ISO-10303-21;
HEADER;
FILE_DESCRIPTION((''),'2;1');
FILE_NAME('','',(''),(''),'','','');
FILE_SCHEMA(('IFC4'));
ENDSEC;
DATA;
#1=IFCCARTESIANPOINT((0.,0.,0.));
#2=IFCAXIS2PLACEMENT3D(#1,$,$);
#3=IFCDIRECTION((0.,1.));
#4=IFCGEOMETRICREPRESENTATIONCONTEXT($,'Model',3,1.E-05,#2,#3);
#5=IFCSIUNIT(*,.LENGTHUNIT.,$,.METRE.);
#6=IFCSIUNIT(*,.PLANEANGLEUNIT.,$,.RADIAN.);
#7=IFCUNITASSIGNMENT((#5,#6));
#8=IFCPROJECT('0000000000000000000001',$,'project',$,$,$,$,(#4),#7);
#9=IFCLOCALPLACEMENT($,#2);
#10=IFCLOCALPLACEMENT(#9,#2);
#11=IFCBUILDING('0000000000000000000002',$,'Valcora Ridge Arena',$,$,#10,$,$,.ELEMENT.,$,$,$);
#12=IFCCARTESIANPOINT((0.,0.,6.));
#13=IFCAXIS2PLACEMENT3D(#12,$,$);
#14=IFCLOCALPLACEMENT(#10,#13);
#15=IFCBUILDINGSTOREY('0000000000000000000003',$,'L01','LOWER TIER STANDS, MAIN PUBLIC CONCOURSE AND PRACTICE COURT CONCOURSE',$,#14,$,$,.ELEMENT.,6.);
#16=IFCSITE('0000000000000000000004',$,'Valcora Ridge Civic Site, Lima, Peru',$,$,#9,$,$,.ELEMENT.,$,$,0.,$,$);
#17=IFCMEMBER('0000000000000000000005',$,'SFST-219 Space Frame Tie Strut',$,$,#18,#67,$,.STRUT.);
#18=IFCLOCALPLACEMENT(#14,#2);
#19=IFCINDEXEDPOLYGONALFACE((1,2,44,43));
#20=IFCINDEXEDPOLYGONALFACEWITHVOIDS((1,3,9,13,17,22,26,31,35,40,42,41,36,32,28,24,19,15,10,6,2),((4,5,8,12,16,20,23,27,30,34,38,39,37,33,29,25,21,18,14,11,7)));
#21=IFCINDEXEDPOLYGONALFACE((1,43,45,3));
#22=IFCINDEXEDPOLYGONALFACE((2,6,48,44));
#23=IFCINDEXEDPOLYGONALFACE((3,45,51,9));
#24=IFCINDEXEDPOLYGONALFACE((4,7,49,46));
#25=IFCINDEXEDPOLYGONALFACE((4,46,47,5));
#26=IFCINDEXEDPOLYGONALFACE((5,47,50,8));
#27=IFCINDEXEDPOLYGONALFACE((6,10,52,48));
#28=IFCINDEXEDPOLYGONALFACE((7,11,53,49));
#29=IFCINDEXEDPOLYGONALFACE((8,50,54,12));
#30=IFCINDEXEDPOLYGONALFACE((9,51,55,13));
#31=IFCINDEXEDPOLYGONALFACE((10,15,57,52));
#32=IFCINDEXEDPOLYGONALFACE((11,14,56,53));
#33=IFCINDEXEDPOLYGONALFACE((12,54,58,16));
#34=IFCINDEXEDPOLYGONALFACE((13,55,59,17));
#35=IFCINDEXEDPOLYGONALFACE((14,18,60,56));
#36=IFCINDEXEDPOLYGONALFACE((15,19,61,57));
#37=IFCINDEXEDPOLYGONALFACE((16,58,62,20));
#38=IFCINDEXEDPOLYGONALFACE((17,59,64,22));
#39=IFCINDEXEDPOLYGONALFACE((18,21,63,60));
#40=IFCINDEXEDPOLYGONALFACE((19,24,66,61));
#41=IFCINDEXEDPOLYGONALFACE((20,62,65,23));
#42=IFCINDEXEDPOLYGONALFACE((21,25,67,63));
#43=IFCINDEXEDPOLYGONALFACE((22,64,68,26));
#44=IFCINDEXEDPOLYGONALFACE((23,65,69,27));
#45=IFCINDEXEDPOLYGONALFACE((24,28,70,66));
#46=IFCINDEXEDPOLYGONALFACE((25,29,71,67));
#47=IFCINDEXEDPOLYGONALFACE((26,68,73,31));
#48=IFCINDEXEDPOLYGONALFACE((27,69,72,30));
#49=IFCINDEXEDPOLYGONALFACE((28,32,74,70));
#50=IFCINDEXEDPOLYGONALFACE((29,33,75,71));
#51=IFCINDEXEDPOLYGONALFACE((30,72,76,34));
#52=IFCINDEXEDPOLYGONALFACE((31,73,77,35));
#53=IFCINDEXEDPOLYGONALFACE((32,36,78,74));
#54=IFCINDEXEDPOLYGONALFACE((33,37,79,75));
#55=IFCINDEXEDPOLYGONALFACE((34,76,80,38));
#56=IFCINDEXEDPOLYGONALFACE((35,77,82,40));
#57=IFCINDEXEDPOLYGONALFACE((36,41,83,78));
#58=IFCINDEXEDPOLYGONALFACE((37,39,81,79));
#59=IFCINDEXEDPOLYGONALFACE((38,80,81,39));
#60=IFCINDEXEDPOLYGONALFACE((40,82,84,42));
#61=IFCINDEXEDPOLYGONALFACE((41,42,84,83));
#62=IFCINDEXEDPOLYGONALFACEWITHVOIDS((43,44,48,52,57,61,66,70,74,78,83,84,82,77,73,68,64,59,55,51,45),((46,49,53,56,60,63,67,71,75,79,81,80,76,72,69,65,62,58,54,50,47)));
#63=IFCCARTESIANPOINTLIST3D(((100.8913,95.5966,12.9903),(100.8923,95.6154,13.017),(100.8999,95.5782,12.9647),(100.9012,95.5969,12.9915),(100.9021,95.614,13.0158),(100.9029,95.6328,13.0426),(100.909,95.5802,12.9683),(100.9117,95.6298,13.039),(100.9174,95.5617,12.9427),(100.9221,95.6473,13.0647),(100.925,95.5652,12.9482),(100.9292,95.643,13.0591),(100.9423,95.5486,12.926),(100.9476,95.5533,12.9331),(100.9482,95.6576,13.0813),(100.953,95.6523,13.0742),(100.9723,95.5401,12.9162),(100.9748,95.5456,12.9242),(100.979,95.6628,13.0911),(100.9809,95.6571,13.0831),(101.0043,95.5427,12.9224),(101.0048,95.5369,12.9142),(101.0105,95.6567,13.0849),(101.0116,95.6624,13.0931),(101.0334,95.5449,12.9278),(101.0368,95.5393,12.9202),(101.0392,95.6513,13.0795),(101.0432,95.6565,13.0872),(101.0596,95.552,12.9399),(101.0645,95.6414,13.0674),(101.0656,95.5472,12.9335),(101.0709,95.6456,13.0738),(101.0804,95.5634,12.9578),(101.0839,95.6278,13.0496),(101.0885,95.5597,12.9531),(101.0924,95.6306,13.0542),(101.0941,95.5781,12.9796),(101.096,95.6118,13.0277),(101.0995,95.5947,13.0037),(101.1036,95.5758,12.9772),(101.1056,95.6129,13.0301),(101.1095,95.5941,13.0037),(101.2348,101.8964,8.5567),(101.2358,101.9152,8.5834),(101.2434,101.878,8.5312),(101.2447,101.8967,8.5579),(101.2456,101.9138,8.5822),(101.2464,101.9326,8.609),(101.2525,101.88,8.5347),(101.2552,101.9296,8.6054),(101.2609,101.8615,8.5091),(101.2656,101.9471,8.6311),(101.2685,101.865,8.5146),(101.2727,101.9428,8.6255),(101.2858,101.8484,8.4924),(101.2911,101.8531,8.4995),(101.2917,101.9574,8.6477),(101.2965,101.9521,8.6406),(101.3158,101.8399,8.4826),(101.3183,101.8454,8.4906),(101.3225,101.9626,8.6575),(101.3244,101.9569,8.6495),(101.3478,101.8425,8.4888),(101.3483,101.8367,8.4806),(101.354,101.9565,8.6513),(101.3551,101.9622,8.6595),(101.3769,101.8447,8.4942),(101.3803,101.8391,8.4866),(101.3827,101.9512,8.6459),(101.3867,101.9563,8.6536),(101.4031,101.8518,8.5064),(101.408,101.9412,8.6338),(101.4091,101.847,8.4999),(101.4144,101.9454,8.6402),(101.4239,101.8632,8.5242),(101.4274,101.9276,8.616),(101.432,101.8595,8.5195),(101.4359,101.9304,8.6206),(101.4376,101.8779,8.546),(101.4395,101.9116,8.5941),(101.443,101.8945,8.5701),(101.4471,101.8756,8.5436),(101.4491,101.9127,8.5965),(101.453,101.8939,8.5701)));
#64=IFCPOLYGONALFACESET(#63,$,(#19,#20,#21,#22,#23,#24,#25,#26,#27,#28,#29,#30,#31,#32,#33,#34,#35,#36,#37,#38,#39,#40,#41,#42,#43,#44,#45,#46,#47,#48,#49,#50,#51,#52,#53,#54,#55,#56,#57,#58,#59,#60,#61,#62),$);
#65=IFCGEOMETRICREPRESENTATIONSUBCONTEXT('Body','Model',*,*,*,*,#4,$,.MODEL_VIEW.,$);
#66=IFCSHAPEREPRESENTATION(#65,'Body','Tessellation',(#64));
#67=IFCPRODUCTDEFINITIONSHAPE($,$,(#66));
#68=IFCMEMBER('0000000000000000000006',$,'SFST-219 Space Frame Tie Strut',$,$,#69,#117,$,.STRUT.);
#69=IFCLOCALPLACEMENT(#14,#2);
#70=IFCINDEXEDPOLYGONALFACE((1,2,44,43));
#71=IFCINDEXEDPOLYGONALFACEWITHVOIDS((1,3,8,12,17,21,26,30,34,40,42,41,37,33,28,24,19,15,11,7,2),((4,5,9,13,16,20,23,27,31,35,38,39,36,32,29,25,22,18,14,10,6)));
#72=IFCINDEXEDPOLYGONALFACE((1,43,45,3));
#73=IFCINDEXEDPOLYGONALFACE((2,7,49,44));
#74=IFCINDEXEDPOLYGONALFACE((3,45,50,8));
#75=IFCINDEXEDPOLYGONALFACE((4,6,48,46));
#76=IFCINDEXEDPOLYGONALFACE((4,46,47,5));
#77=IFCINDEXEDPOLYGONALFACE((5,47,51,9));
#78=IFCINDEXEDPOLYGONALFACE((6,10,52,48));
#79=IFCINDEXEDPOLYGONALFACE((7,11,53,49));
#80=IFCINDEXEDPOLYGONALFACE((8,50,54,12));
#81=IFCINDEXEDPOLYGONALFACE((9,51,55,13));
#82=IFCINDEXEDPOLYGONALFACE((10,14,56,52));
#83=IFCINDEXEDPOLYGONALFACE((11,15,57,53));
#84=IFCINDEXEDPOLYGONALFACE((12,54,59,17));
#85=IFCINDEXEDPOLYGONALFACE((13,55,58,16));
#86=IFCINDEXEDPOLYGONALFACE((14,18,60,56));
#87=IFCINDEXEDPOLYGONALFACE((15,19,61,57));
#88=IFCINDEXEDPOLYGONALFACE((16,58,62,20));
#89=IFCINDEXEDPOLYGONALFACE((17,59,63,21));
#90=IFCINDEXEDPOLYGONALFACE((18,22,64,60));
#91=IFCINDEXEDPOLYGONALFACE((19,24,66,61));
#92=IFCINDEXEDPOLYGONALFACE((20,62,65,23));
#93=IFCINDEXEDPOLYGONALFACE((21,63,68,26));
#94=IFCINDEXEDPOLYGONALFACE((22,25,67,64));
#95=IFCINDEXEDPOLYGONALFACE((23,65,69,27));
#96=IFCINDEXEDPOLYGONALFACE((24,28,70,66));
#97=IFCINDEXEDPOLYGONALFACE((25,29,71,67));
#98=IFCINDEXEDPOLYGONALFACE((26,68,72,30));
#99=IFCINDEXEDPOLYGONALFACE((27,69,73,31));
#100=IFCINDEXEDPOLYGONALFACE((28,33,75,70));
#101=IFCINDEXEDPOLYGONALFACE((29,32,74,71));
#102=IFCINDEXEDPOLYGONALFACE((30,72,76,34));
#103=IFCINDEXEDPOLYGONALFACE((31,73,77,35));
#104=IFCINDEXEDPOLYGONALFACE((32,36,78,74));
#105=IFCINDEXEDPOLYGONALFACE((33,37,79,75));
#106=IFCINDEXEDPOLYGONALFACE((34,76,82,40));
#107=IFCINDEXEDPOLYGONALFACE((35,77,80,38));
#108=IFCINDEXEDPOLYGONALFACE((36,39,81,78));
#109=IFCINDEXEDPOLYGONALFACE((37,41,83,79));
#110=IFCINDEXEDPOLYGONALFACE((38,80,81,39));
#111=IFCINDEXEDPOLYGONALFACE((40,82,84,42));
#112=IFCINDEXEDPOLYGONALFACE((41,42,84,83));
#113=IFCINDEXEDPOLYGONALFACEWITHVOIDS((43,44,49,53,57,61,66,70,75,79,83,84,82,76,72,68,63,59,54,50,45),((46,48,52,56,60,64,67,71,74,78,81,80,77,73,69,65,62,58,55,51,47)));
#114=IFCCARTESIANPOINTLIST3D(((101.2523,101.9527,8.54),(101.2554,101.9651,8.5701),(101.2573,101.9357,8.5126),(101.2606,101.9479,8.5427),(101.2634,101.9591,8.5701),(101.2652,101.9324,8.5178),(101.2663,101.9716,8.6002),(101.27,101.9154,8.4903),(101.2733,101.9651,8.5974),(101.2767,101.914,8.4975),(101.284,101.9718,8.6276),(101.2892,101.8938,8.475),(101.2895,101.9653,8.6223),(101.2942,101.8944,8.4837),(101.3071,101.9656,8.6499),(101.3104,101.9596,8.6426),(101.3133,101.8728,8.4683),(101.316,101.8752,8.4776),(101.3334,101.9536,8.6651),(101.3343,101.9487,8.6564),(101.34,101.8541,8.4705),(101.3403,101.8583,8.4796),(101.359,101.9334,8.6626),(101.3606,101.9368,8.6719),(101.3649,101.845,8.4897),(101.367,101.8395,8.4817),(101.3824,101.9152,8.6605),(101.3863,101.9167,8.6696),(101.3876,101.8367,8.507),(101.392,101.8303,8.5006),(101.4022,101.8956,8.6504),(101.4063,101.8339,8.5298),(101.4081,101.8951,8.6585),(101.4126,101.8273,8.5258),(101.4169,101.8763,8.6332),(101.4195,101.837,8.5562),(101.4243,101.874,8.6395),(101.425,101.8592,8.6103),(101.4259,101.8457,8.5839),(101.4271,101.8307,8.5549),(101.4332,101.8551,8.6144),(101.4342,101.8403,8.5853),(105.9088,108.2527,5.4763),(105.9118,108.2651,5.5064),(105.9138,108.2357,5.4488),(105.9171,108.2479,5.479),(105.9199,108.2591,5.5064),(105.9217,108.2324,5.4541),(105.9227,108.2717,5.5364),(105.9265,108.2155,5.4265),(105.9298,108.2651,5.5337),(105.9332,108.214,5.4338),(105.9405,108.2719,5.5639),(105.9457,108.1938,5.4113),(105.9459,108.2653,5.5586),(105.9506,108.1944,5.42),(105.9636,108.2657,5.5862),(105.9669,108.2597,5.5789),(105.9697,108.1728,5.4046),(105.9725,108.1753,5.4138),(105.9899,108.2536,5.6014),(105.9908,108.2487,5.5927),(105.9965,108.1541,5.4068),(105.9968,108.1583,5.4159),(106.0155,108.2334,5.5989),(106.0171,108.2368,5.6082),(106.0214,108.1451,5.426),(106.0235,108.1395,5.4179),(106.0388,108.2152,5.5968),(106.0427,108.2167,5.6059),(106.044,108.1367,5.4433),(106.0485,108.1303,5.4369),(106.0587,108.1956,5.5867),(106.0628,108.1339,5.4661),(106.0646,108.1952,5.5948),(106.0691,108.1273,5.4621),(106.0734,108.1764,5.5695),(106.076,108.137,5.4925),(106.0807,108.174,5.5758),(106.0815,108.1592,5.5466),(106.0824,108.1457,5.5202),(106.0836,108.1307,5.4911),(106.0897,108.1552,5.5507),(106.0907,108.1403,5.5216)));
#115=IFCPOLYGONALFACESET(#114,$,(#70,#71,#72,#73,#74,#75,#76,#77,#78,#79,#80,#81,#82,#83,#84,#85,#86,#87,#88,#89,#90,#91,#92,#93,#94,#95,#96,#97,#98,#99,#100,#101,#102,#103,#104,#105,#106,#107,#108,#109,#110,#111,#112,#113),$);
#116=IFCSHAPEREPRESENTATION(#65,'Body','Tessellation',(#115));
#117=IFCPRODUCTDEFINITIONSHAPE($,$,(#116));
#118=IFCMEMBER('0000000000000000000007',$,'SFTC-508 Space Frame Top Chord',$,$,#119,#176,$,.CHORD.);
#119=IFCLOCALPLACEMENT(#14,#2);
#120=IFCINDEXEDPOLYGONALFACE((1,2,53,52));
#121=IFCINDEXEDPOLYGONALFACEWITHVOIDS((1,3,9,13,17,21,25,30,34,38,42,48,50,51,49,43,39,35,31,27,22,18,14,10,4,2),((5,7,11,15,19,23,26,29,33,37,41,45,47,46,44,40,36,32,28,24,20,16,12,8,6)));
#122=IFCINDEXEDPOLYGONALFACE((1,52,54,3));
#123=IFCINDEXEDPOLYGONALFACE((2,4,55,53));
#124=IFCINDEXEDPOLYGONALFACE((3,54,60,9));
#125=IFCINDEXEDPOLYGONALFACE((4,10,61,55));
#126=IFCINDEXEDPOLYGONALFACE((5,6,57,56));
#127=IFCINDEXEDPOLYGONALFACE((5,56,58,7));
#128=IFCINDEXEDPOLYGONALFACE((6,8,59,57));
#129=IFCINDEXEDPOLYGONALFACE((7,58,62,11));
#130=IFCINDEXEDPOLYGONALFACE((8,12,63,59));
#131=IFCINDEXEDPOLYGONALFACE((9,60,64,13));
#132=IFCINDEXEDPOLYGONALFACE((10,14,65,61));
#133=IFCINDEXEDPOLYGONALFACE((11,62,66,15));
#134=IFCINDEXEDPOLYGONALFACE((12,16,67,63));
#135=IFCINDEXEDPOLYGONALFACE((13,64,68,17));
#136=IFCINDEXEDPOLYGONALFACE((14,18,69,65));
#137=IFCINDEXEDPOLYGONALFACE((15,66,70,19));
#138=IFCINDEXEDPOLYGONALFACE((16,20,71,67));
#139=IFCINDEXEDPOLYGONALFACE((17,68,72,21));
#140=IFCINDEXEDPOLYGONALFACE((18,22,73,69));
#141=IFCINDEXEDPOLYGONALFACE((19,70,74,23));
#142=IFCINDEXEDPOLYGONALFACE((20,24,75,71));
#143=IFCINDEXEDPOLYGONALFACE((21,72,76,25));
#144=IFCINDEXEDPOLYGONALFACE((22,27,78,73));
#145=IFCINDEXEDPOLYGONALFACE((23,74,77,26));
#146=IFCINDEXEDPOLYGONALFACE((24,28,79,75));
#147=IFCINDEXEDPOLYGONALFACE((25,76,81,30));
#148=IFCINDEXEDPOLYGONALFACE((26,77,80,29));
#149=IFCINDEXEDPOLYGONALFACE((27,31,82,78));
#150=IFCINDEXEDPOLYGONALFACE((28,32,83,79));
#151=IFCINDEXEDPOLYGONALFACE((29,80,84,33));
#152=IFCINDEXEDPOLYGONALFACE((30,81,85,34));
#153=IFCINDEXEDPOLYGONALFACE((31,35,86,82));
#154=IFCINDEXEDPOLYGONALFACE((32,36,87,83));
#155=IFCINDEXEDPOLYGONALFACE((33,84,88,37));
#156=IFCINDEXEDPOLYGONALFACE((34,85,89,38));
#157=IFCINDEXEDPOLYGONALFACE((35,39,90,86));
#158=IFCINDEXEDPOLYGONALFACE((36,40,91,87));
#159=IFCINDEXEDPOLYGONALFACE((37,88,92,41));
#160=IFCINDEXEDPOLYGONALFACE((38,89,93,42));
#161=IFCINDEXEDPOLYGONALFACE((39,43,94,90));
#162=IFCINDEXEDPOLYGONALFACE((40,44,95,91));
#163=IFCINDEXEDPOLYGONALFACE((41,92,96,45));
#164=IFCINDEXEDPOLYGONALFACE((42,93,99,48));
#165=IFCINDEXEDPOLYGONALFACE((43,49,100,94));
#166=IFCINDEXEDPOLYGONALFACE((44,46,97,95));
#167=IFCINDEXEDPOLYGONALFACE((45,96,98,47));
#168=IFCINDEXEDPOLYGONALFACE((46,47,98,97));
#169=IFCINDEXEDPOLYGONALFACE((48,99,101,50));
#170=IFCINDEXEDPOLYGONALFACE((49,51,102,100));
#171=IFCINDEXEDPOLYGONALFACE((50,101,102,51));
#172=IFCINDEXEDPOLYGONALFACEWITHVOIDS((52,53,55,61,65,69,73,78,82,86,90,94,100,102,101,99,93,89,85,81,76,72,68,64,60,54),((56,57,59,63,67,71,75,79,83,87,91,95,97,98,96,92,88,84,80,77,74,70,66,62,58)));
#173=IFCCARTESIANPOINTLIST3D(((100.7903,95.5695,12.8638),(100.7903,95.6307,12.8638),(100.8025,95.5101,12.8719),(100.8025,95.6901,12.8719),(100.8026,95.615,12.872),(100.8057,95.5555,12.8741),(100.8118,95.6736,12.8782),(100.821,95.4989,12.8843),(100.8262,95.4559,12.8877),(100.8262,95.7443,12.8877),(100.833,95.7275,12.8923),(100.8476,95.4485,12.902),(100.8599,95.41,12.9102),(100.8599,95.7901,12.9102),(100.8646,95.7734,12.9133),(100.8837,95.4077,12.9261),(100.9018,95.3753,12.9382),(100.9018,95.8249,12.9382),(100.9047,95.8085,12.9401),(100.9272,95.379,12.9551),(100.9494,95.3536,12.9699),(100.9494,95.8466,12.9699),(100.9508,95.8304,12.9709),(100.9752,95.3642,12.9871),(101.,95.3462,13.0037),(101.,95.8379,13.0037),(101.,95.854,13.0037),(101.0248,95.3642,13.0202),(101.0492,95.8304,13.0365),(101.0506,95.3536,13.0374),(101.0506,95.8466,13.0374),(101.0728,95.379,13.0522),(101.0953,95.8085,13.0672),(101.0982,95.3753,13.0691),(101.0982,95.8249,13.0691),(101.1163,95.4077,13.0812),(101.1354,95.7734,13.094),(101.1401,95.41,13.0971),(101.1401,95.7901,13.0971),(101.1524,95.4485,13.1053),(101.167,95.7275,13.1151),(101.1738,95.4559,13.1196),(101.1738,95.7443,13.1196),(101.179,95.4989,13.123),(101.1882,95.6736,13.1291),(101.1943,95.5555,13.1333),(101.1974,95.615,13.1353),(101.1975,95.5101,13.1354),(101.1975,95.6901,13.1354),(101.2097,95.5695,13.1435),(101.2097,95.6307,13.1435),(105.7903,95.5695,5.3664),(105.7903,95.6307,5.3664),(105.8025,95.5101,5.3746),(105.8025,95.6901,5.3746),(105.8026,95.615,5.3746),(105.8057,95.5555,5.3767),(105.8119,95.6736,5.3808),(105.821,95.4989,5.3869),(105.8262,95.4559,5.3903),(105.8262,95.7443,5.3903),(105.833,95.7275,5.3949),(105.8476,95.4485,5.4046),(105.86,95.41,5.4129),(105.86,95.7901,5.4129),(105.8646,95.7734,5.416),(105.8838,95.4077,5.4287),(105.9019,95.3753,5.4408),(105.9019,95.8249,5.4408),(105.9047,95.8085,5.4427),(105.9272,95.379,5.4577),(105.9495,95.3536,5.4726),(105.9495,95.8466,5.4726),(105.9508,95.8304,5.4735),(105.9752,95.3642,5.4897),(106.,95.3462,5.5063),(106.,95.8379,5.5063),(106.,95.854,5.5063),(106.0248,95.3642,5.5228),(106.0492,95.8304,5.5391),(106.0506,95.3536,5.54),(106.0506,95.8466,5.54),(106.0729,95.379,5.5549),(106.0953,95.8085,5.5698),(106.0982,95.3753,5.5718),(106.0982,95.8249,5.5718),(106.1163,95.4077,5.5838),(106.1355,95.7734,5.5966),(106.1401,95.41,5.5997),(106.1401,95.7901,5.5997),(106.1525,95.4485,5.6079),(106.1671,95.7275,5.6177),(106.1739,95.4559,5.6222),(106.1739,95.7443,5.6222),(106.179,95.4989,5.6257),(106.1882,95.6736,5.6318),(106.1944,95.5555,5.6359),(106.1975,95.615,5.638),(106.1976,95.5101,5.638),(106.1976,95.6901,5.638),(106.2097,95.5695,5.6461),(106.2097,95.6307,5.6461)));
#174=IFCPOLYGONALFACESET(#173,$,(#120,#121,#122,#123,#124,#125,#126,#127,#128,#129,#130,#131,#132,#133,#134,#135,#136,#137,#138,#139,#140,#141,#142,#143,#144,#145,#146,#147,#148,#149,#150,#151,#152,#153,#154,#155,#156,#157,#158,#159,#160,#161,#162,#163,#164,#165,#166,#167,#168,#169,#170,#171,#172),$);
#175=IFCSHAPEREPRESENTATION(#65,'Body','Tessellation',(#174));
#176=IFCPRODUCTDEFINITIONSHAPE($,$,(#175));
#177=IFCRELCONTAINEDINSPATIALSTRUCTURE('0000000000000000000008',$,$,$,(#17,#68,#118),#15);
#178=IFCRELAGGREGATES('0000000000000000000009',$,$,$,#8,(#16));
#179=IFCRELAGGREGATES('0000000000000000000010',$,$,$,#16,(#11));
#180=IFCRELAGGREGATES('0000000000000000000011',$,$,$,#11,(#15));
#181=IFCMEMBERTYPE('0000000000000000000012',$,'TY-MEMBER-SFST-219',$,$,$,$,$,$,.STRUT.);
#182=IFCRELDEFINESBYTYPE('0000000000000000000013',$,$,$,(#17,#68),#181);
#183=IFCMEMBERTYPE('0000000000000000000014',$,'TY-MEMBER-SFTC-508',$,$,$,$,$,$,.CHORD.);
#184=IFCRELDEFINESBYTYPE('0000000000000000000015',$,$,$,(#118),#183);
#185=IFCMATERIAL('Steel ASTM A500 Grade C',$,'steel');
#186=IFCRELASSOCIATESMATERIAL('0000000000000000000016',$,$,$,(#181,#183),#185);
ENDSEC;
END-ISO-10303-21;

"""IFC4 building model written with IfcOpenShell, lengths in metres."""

from ifc_helpers import new_model, si_unit, direction, frame, origin, origin_2d, place, context, subcontext, project, spatial, hollow_circle, extrude, material, material_profile, profile_set, type_object, element, save


model = new_model("IFC4")

# Units and contexts
model_context = context("Model", 3, precision=1e-05, world=origin(), true_north=direction((0.0, 1.0)))
body_context = subcontext(model_context, "Body", "Model", "MODEL_VIEW")
ifc_project = project(units=[si_unit("LENGTHUNIT", "METRE"), si_unit("PLANEANGLEUNIT", "RADIAN")], contexts=[model_context])

# Site, building, storey
site_placement = place(None, origin())
site = spatial("IfcSite", under=ifc_project, at=site_placement, Name="Valcora Ridge Civic Site, Lima, Peru", CompositionType="ELEMENT", RefElevation=0.0)
building_placement = place(site_placement, origin())
building = spatial("IfcBuilding", under=site, at=building_placement, Name="Valcora Ridge Arena", CompositionType="ELEMENT")
storey_placement = place(building_placement, frame((0.0, 0.0, 6.0)))
storey = spatial("IfcBuildingStorey", under=building, at=storey_placement, Name="L01", Description="LOWER TIER STANDS, MAIN PUBLIC CONCOURSE AND PRACTICE COURT CONCOURSE", CompositionType="ELEMENT", Elevation=6.0)

# Members
ifc_material_1 = material(Name="Steel ASTM A500 Grade C", Category="steel")
ifc_material_profile_1 = material_profile(ifc_material_1, hollow_circle(Radius=0.1096, WallThickness=0.01, at=origin_2d()), Name="CHS219X10")
ifc_profile_set_1 = profile_set([ifc_material_profile_1], Name="Steel ASTM A500 Grade C")
member_type_1 = type_object("IfcMemberType", Name="TY-MEMBER-SFST-219", PredefinedType="STRUT", material=ifc_profile_set_1)
member_1_placement = place(storey_placement, frame((101.3435, 101.8999, 8.5701), z_axis=(-0.044546, -0.81697, 0.574957), x_axis=(0.998517, -0.054446, 0.0)))
element("IfcMember", 1, at=member_1_placement, inside=storey, type_object=member_type_1, Name="SFST-219 Space Frame Tie Strut", PredefinedType="STRUT", context=body_context, shape_type="SweptSolid", body=[
    extrude(hollow_circle(Radius=0.1096, WallThickness=0.01, at=origin_2d()), origin(), (0.0, 0.0, 1.0), 7.7112),
])
member_2_placement = place(storey_placement, frame((101.3435, 101.8999, 8.5701), z_axis=(0.553561, 0.748945, -0.364213), x_axis=(-0.80418, 0.594386, 0.0)))
element("IfcMember", 2, at=member_2_placement, inside=storey, type_object=member_type_1, Name="SFST-219 Space Frame Tie Strut", PredefinedType="STRUT", context=body_context, shape_type="SweptSolid", body=[
    extrude(hollow_circle(Radius=0.1096, WallThickness=0.01, at=origin_2d()), origin(), (0.0, 0.0, 1.0), 8.4119),
])
ifc_material_profile_2 = material_profile(ifc_material_1, hollow_circle(Radius=0.2539, WallThickness=0.0161, at=origin_2d()), Name="CHS508X16")
ifc_profile_set_2 = profile_set([ifc_material_profile_2], Name="Steel ASTM A500 Grade C")
member_type_2 = type_object("IfcMemberType", Name="TY-MEMBER-SFTC-508", PredefinedType="CHORD", material=ifc_profile_set_2)
member_3_placement = place(storey_placement, frame((101.0, 95.6001, 13.0037), z_axis=(0.554838, 0.0, -0.831959), x_axis=(0.0, 1.0, 0.0)))
element("IfcMember", 3, at=member_3_placement, inside=storey, type_object=member_type_2, Name="SFTC-508 Space Frame Top Chord", PredefinedType="CHORD", context=body_context, shape_type="SweptSolid", body=[
    extrude(hollow_circle(Radius=0.2539, WallThickness=0.0161, at=origin_2d()), origin(), (0.0, 0.0, 1.0), 9.0117),
])

save(model, "model.ifc")
